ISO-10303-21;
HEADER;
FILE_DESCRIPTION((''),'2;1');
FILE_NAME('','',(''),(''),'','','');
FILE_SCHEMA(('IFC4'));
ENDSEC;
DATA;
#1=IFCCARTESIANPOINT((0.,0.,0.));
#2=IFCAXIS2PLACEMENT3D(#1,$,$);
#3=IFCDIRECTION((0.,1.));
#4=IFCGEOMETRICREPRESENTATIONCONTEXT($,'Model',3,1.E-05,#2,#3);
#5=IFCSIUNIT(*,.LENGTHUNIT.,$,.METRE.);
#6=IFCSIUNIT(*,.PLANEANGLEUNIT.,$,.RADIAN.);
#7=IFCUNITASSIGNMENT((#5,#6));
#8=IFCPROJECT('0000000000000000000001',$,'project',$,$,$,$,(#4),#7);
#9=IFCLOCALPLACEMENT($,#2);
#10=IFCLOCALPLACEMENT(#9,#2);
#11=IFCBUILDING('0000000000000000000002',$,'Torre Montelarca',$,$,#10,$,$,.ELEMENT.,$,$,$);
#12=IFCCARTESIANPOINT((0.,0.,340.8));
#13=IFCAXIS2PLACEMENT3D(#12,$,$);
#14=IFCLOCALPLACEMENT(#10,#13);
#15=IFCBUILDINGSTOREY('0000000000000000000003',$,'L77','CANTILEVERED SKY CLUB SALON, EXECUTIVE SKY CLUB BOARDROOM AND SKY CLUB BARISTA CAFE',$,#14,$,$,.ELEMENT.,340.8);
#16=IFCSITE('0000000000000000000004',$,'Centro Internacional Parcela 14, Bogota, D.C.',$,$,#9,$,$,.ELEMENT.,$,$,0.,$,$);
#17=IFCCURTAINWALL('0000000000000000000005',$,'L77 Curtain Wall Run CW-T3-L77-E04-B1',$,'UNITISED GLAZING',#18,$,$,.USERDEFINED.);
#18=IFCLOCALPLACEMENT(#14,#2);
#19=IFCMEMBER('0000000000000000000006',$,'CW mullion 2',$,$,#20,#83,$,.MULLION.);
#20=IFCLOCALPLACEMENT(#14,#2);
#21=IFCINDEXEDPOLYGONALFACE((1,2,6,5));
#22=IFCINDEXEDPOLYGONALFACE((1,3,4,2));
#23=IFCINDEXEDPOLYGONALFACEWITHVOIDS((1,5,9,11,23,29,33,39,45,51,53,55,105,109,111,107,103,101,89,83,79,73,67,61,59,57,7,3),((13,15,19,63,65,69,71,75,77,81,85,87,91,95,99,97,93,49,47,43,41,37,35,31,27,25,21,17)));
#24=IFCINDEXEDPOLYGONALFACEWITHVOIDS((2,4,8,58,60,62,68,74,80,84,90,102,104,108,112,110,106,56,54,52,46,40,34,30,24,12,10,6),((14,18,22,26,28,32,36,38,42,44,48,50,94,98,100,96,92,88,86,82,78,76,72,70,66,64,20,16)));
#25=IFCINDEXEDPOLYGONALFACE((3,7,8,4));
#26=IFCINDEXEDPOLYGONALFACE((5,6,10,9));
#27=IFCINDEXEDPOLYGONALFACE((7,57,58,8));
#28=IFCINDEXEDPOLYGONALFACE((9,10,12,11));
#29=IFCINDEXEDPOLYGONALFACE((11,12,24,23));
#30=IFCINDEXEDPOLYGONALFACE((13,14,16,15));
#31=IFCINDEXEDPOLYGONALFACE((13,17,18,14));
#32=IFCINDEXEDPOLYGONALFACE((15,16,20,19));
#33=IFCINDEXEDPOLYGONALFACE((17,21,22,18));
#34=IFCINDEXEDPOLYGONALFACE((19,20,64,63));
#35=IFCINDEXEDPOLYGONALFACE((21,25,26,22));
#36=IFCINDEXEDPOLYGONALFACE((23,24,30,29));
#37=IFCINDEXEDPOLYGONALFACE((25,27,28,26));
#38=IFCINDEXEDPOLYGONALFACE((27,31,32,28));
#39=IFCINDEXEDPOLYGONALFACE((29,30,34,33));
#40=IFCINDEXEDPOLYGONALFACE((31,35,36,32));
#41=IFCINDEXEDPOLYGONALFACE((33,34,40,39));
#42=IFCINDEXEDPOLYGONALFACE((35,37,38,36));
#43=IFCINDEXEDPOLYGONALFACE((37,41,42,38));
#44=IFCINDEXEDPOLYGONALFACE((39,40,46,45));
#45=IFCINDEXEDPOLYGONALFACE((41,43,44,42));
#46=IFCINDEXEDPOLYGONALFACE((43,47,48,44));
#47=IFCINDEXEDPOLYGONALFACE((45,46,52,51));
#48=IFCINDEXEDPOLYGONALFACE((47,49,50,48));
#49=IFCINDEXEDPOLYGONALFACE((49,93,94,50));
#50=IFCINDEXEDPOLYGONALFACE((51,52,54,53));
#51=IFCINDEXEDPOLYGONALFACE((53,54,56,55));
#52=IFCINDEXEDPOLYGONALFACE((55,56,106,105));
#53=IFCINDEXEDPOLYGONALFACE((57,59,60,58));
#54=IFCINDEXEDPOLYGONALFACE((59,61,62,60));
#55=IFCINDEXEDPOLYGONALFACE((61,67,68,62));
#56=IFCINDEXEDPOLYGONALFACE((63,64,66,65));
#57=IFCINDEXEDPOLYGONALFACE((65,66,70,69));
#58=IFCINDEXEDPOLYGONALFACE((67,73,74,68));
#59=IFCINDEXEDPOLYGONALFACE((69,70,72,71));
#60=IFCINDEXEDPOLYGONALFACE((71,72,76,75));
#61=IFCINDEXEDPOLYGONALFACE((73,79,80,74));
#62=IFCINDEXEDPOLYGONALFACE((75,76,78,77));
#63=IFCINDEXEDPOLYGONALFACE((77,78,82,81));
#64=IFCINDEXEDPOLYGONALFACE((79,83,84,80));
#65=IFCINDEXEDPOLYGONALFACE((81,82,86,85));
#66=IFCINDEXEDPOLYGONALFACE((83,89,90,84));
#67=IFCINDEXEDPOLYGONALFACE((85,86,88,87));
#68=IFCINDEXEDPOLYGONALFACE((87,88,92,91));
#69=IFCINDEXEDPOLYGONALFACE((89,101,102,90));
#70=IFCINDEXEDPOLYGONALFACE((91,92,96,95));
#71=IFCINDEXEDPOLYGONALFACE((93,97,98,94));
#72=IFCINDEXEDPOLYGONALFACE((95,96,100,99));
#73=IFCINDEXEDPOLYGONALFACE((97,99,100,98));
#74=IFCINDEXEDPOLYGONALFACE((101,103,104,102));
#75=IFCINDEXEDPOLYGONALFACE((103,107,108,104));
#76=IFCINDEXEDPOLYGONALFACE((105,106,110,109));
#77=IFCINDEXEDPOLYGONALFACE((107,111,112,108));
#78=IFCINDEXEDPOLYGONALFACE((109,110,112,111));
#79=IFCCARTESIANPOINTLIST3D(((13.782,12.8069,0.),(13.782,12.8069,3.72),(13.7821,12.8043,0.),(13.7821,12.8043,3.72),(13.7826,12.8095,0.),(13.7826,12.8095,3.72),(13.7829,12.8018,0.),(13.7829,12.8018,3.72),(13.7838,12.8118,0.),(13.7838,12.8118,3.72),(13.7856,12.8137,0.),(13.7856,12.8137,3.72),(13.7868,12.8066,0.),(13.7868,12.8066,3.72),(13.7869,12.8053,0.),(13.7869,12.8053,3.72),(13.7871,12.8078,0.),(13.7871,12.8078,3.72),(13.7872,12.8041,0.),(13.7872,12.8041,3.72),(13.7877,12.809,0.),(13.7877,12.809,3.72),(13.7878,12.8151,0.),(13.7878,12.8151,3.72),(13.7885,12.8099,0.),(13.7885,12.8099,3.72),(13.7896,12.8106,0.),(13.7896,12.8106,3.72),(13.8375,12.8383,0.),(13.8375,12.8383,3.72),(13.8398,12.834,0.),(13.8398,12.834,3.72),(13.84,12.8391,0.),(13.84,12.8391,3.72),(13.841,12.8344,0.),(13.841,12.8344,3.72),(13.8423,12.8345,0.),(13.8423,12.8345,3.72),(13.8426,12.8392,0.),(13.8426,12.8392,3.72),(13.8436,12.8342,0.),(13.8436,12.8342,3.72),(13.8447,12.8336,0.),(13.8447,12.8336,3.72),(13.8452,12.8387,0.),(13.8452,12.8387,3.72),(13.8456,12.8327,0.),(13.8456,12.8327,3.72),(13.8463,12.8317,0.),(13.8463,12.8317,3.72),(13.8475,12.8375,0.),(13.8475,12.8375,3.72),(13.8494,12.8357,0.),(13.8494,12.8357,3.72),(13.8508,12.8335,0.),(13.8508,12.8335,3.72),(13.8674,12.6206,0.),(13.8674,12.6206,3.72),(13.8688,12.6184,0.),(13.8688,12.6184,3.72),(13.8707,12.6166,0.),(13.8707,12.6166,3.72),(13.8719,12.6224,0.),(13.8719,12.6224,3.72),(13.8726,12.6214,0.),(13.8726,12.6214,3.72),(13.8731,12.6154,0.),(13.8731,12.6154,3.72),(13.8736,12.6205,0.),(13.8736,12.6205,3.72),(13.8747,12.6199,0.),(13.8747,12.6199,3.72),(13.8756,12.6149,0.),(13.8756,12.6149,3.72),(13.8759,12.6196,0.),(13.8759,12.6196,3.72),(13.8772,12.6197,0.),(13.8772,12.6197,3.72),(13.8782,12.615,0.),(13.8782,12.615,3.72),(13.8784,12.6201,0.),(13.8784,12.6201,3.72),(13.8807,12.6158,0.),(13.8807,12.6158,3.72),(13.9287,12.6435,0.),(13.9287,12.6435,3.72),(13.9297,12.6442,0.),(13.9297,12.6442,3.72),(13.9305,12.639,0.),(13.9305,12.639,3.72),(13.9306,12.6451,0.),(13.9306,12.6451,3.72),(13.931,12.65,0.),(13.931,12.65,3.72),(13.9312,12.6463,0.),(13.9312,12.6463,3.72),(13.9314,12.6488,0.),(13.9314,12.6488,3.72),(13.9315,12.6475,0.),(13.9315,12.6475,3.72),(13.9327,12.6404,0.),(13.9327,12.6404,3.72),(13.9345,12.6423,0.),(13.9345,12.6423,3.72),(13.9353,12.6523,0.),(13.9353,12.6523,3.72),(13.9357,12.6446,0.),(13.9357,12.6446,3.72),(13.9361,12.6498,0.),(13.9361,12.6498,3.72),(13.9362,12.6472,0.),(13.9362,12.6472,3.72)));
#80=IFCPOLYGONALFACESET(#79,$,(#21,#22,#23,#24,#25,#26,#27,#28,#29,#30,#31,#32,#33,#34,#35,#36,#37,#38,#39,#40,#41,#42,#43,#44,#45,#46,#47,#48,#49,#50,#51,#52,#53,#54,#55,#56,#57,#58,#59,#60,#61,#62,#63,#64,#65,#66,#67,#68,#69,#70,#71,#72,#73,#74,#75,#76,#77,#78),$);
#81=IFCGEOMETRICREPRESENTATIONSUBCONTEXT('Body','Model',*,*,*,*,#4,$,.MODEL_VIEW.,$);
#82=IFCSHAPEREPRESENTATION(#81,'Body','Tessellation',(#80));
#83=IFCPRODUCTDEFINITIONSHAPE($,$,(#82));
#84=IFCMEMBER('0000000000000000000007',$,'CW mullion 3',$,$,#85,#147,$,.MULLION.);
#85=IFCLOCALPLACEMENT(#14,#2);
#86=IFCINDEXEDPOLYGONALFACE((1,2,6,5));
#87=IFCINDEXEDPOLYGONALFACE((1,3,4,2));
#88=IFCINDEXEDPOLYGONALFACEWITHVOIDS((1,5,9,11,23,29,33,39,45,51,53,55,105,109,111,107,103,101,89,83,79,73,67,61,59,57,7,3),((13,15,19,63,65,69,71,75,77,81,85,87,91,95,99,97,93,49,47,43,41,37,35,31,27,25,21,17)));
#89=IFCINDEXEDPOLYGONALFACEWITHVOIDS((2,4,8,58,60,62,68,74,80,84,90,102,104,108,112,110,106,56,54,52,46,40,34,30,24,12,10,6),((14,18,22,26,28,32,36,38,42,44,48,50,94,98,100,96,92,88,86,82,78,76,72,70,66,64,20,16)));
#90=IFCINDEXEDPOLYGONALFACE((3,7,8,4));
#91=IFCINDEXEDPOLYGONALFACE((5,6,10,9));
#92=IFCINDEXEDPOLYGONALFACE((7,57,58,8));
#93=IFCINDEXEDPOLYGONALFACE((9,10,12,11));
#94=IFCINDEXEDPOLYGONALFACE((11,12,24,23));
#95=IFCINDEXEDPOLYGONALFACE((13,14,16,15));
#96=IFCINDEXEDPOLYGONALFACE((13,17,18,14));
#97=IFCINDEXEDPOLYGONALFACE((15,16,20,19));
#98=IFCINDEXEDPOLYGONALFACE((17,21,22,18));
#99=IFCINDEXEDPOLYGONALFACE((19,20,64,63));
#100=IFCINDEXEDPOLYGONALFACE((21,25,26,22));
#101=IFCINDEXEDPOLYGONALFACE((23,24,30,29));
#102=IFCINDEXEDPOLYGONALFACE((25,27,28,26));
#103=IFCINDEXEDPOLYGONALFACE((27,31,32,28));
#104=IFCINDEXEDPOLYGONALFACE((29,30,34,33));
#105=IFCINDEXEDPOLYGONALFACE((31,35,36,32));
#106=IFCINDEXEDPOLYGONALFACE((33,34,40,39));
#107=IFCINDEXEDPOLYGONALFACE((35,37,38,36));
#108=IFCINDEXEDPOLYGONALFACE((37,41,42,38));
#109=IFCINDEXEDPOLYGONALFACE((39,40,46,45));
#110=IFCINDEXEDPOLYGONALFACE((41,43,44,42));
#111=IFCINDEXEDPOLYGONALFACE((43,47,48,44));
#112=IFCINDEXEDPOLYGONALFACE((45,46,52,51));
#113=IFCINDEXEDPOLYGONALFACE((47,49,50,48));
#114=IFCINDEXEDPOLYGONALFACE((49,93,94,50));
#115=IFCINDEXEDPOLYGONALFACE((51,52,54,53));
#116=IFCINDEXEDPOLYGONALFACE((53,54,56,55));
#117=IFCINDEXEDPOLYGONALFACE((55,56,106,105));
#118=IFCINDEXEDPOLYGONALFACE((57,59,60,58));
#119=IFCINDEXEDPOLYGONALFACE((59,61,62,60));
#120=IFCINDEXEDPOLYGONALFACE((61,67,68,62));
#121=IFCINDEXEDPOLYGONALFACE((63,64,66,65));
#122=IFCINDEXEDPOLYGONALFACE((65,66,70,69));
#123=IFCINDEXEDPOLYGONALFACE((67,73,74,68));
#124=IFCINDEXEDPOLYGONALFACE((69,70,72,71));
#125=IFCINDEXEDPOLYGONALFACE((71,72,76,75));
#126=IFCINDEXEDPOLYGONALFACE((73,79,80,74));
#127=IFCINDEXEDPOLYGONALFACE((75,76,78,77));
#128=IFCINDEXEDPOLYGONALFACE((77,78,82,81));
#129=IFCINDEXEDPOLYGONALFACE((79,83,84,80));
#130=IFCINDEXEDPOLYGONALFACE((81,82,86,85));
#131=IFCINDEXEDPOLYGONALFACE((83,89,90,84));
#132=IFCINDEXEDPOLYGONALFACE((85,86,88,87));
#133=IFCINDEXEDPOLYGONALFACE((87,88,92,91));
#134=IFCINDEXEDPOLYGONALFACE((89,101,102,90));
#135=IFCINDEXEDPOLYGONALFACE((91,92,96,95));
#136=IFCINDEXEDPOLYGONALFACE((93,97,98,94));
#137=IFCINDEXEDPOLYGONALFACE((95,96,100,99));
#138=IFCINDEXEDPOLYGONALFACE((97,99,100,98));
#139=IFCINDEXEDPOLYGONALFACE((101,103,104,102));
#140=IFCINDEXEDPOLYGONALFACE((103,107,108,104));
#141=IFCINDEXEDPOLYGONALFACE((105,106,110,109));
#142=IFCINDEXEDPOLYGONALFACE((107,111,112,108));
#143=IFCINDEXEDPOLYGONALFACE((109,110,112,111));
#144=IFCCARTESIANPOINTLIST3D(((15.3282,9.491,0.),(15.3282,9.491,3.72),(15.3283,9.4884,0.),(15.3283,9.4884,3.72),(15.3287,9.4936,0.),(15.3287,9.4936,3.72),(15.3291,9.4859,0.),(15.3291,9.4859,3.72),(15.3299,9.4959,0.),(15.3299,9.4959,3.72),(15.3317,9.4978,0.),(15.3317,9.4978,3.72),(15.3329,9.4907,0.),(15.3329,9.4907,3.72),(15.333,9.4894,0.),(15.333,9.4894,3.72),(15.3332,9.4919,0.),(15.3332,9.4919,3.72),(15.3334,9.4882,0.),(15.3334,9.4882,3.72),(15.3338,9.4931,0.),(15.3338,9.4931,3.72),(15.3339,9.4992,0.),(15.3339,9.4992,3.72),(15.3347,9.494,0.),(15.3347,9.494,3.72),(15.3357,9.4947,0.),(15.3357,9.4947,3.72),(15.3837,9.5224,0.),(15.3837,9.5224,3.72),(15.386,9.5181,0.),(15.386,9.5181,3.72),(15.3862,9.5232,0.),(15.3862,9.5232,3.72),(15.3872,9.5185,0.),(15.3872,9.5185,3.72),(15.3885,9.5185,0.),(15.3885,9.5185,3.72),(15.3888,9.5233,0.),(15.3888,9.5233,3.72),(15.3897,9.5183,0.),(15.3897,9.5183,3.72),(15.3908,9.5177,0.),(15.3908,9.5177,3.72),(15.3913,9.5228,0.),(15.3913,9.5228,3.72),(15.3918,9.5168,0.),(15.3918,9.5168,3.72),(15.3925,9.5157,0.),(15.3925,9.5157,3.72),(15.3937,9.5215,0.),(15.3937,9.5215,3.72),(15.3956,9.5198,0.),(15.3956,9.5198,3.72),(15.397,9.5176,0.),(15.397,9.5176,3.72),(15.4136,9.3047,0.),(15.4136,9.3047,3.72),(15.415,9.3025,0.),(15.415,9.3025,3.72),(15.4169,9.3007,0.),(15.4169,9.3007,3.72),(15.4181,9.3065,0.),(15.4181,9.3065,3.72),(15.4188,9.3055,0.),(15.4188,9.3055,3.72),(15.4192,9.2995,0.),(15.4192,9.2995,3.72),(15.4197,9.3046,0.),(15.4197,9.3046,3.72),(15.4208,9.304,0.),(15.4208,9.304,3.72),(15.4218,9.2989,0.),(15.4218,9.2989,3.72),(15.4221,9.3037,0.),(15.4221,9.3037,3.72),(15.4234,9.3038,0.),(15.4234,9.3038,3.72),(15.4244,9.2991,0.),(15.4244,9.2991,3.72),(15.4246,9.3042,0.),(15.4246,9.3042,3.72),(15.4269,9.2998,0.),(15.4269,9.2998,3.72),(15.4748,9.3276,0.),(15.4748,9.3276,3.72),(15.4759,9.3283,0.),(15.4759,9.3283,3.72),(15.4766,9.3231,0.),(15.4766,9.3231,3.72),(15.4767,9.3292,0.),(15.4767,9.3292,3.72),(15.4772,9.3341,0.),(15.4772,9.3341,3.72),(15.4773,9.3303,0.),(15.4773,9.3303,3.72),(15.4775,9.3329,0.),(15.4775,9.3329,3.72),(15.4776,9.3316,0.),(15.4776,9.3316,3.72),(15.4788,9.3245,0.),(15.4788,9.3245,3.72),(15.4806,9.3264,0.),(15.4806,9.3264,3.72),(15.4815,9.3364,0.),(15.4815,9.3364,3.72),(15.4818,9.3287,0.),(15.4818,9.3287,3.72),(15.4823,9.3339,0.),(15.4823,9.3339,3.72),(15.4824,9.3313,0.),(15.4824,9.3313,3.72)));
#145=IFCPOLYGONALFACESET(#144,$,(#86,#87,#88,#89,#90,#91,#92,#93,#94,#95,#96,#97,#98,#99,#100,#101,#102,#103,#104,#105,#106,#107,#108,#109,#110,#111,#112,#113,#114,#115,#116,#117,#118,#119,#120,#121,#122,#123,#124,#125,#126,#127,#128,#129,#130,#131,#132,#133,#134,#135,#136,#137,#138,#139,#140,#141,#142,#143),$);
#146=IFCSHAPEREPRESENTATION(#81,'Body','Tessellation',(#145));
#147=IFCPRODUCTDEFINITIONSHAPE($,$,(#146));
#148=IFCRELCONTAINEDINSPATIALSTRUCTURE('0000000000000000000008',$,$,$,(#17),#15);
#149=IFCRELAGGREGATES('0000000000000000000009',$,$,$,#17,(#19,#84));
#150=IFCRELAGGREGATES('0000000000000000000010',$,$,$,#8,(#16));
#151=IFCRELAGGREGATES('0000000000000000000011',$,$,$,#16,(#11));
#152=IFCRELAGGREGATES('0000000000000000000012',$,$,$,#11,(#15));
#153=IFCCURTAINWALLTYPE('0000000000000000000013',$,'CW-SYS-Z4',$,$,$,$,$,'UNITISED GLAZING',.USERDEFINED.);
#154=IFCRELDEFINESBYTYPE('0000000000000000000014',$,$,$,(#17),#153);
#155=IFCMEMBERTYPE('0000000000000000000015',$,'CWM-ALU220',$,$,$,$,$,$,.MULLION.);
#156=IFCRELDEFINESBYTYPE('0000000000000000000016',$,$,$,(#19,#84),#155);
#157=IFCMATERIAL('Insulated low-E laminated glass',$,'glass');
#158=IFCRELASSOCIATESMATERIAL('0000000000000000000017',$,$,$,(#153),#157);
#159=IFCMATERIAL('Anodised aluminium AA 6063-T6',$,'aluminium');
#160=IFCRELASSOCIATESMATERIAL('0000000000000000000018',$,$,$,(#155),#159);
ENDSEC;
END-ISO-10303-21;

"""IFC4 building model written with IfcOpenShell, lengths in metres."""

from ifc_helpers import new_model, si_unit, direction, frame, origin, origin_2d, place, context, subcontext, project, spatial, hollow_rectangle, extrude, source, transform, mapped, material, material_profile, profile_set, type_object, element, aggregate, save


model = new_model("IFC4")

# Units and contexts
model_context = context("Model", 3, precision=1e-05, world=origin(), true_north=direction((0.0, 1.0)))
body_context = subcontext(model_context, "Body", "Model", "MODEL_VIEW")
ifc_project = project(units=[si_unit("LENGTHUNIT", "METRE"), si_unit("PLANEANGLEUNIT", "RADIAN")], contexts=[model_context])

# Site, building, storey
site_placement = place(None, origin())
site = spatial("IfcSite", under=ifc_project, at=site_placement, Name="Centro Internacional Parcela 14, Bogota, D.C.", CompositionType="ELEMENT", RefElevation=0.0)
building_placement = place(site_placement, origin())
building = spatial("IfcBuilding", under=site, at=building_placement, Name="Torre Montelarca", CompositionType="ELEMENT")
storey_placement = place(building_placement, frame((0.0, 0.0, 340.8)))
storey = spatial("IfcBuildingStorey", under=building, at=storey_placement, Name="L77", Description="CANTILEVERED SKY CLUB SALON, EXECUTIVE SKY CLUB BOARDROOM AND SKY CLUB BARISTA CAFE", CompositionType="ELEMENT", Elevation=340.8)

# Shared definitions
ifc_material_1 = material(Name="Insulated low-E laminated glass", Category="glass")
curtain_wall_type = type_object("IfcCurtainWallType", Name="CW-SYS-Z4", ElementType="UNITISED GLAZING", PredefinedType="USERDEFINED", material=ifc_material_1)
ifc_material_2 = material(Name="Anodised aluminium AA 6063-T6", Category="aluminium")
ifc_material_profile_1 = material_profile(ifc_material_2, hollow_rectangle(XDim=0.075, YDim=0.22, WallThickness=0.0049, InnerFilletRadius=0.0049, OuterFilletRadius=0.01, at=origin_2d()), Name="ALU75X220X5", Category="aluminium")
ifc_profile_set_1 = profile_set([ifc_material_profile_1], Name="Anodised aluminium AA 6063-T6")
member_type_1 = type_object("IfcMemberType", Name="CWM-ALU220", PredefinedType="MULLION", material=ifc_profile_set_1)
shared_shape_1 = source(origin(), body_context, "Body", "SweptSolid", [
    extrude(hollow_rectangle(XDim=0.075, YDim=0.22, WallThickness=0.0049, InnerFilletRadius=0.0049, OuterFilletRadius=0.01, at=origin_2d()), origin(), (0.0, 0.0, 1.0), 3.72),
])

# Curtain wall, members
curtain_wall_1_placement = place(storey_placement, origin())
curtain_wall_1 = element("IfcCurtainWall", 1, at=curtain_wall_1_placement, inside=storey, type_object=curtain_wall_type, Name="L77 Curtain Wall Run CW-T3-L77-E04-B1", ObjectType="UNITISED GLAZING", PredefinedType="USERDEFINED")
member_1_placement = place(storey_placement, frame((13.8591, 12.7271, 0.0), z_axis=(0.0, 0.0, 1.0), x_axis=(0.906317, 0.422599, 0.0)))
member_1 = element("IfcMember", 2, at=member_1_placement, type_object=member_type_1, Name="CW mullion 2", PredefinedType="MULLION", context=body_context, shape_type="MappedRepresentation", body=[
    mapped(shared_shape_1, transform((0.0, 0.0, 0.0), scale=1.0)),
])
member_2_placement = place(storey_placement, frame((15.4053, 9.4111, 0.0), z_axis=(0.0, 0.0, 1.0), x_axis=(0.906317, 0.422599, 0.0)))
member_2 = element("IfcMember", 3, at=member_2_placement, type_object=member_type_1, Name="CW mullion 3", PredefinedType="MULLION", context=body_context, shape_type="MappedRepresentation", body=[
    mapped(shared_shape_1, transform((0.0, 0.0, 0.0), scale=1.0)),
])

aggregate(curtain_wall_1, [member_1, member_2])

save(model, "model.ifc")
